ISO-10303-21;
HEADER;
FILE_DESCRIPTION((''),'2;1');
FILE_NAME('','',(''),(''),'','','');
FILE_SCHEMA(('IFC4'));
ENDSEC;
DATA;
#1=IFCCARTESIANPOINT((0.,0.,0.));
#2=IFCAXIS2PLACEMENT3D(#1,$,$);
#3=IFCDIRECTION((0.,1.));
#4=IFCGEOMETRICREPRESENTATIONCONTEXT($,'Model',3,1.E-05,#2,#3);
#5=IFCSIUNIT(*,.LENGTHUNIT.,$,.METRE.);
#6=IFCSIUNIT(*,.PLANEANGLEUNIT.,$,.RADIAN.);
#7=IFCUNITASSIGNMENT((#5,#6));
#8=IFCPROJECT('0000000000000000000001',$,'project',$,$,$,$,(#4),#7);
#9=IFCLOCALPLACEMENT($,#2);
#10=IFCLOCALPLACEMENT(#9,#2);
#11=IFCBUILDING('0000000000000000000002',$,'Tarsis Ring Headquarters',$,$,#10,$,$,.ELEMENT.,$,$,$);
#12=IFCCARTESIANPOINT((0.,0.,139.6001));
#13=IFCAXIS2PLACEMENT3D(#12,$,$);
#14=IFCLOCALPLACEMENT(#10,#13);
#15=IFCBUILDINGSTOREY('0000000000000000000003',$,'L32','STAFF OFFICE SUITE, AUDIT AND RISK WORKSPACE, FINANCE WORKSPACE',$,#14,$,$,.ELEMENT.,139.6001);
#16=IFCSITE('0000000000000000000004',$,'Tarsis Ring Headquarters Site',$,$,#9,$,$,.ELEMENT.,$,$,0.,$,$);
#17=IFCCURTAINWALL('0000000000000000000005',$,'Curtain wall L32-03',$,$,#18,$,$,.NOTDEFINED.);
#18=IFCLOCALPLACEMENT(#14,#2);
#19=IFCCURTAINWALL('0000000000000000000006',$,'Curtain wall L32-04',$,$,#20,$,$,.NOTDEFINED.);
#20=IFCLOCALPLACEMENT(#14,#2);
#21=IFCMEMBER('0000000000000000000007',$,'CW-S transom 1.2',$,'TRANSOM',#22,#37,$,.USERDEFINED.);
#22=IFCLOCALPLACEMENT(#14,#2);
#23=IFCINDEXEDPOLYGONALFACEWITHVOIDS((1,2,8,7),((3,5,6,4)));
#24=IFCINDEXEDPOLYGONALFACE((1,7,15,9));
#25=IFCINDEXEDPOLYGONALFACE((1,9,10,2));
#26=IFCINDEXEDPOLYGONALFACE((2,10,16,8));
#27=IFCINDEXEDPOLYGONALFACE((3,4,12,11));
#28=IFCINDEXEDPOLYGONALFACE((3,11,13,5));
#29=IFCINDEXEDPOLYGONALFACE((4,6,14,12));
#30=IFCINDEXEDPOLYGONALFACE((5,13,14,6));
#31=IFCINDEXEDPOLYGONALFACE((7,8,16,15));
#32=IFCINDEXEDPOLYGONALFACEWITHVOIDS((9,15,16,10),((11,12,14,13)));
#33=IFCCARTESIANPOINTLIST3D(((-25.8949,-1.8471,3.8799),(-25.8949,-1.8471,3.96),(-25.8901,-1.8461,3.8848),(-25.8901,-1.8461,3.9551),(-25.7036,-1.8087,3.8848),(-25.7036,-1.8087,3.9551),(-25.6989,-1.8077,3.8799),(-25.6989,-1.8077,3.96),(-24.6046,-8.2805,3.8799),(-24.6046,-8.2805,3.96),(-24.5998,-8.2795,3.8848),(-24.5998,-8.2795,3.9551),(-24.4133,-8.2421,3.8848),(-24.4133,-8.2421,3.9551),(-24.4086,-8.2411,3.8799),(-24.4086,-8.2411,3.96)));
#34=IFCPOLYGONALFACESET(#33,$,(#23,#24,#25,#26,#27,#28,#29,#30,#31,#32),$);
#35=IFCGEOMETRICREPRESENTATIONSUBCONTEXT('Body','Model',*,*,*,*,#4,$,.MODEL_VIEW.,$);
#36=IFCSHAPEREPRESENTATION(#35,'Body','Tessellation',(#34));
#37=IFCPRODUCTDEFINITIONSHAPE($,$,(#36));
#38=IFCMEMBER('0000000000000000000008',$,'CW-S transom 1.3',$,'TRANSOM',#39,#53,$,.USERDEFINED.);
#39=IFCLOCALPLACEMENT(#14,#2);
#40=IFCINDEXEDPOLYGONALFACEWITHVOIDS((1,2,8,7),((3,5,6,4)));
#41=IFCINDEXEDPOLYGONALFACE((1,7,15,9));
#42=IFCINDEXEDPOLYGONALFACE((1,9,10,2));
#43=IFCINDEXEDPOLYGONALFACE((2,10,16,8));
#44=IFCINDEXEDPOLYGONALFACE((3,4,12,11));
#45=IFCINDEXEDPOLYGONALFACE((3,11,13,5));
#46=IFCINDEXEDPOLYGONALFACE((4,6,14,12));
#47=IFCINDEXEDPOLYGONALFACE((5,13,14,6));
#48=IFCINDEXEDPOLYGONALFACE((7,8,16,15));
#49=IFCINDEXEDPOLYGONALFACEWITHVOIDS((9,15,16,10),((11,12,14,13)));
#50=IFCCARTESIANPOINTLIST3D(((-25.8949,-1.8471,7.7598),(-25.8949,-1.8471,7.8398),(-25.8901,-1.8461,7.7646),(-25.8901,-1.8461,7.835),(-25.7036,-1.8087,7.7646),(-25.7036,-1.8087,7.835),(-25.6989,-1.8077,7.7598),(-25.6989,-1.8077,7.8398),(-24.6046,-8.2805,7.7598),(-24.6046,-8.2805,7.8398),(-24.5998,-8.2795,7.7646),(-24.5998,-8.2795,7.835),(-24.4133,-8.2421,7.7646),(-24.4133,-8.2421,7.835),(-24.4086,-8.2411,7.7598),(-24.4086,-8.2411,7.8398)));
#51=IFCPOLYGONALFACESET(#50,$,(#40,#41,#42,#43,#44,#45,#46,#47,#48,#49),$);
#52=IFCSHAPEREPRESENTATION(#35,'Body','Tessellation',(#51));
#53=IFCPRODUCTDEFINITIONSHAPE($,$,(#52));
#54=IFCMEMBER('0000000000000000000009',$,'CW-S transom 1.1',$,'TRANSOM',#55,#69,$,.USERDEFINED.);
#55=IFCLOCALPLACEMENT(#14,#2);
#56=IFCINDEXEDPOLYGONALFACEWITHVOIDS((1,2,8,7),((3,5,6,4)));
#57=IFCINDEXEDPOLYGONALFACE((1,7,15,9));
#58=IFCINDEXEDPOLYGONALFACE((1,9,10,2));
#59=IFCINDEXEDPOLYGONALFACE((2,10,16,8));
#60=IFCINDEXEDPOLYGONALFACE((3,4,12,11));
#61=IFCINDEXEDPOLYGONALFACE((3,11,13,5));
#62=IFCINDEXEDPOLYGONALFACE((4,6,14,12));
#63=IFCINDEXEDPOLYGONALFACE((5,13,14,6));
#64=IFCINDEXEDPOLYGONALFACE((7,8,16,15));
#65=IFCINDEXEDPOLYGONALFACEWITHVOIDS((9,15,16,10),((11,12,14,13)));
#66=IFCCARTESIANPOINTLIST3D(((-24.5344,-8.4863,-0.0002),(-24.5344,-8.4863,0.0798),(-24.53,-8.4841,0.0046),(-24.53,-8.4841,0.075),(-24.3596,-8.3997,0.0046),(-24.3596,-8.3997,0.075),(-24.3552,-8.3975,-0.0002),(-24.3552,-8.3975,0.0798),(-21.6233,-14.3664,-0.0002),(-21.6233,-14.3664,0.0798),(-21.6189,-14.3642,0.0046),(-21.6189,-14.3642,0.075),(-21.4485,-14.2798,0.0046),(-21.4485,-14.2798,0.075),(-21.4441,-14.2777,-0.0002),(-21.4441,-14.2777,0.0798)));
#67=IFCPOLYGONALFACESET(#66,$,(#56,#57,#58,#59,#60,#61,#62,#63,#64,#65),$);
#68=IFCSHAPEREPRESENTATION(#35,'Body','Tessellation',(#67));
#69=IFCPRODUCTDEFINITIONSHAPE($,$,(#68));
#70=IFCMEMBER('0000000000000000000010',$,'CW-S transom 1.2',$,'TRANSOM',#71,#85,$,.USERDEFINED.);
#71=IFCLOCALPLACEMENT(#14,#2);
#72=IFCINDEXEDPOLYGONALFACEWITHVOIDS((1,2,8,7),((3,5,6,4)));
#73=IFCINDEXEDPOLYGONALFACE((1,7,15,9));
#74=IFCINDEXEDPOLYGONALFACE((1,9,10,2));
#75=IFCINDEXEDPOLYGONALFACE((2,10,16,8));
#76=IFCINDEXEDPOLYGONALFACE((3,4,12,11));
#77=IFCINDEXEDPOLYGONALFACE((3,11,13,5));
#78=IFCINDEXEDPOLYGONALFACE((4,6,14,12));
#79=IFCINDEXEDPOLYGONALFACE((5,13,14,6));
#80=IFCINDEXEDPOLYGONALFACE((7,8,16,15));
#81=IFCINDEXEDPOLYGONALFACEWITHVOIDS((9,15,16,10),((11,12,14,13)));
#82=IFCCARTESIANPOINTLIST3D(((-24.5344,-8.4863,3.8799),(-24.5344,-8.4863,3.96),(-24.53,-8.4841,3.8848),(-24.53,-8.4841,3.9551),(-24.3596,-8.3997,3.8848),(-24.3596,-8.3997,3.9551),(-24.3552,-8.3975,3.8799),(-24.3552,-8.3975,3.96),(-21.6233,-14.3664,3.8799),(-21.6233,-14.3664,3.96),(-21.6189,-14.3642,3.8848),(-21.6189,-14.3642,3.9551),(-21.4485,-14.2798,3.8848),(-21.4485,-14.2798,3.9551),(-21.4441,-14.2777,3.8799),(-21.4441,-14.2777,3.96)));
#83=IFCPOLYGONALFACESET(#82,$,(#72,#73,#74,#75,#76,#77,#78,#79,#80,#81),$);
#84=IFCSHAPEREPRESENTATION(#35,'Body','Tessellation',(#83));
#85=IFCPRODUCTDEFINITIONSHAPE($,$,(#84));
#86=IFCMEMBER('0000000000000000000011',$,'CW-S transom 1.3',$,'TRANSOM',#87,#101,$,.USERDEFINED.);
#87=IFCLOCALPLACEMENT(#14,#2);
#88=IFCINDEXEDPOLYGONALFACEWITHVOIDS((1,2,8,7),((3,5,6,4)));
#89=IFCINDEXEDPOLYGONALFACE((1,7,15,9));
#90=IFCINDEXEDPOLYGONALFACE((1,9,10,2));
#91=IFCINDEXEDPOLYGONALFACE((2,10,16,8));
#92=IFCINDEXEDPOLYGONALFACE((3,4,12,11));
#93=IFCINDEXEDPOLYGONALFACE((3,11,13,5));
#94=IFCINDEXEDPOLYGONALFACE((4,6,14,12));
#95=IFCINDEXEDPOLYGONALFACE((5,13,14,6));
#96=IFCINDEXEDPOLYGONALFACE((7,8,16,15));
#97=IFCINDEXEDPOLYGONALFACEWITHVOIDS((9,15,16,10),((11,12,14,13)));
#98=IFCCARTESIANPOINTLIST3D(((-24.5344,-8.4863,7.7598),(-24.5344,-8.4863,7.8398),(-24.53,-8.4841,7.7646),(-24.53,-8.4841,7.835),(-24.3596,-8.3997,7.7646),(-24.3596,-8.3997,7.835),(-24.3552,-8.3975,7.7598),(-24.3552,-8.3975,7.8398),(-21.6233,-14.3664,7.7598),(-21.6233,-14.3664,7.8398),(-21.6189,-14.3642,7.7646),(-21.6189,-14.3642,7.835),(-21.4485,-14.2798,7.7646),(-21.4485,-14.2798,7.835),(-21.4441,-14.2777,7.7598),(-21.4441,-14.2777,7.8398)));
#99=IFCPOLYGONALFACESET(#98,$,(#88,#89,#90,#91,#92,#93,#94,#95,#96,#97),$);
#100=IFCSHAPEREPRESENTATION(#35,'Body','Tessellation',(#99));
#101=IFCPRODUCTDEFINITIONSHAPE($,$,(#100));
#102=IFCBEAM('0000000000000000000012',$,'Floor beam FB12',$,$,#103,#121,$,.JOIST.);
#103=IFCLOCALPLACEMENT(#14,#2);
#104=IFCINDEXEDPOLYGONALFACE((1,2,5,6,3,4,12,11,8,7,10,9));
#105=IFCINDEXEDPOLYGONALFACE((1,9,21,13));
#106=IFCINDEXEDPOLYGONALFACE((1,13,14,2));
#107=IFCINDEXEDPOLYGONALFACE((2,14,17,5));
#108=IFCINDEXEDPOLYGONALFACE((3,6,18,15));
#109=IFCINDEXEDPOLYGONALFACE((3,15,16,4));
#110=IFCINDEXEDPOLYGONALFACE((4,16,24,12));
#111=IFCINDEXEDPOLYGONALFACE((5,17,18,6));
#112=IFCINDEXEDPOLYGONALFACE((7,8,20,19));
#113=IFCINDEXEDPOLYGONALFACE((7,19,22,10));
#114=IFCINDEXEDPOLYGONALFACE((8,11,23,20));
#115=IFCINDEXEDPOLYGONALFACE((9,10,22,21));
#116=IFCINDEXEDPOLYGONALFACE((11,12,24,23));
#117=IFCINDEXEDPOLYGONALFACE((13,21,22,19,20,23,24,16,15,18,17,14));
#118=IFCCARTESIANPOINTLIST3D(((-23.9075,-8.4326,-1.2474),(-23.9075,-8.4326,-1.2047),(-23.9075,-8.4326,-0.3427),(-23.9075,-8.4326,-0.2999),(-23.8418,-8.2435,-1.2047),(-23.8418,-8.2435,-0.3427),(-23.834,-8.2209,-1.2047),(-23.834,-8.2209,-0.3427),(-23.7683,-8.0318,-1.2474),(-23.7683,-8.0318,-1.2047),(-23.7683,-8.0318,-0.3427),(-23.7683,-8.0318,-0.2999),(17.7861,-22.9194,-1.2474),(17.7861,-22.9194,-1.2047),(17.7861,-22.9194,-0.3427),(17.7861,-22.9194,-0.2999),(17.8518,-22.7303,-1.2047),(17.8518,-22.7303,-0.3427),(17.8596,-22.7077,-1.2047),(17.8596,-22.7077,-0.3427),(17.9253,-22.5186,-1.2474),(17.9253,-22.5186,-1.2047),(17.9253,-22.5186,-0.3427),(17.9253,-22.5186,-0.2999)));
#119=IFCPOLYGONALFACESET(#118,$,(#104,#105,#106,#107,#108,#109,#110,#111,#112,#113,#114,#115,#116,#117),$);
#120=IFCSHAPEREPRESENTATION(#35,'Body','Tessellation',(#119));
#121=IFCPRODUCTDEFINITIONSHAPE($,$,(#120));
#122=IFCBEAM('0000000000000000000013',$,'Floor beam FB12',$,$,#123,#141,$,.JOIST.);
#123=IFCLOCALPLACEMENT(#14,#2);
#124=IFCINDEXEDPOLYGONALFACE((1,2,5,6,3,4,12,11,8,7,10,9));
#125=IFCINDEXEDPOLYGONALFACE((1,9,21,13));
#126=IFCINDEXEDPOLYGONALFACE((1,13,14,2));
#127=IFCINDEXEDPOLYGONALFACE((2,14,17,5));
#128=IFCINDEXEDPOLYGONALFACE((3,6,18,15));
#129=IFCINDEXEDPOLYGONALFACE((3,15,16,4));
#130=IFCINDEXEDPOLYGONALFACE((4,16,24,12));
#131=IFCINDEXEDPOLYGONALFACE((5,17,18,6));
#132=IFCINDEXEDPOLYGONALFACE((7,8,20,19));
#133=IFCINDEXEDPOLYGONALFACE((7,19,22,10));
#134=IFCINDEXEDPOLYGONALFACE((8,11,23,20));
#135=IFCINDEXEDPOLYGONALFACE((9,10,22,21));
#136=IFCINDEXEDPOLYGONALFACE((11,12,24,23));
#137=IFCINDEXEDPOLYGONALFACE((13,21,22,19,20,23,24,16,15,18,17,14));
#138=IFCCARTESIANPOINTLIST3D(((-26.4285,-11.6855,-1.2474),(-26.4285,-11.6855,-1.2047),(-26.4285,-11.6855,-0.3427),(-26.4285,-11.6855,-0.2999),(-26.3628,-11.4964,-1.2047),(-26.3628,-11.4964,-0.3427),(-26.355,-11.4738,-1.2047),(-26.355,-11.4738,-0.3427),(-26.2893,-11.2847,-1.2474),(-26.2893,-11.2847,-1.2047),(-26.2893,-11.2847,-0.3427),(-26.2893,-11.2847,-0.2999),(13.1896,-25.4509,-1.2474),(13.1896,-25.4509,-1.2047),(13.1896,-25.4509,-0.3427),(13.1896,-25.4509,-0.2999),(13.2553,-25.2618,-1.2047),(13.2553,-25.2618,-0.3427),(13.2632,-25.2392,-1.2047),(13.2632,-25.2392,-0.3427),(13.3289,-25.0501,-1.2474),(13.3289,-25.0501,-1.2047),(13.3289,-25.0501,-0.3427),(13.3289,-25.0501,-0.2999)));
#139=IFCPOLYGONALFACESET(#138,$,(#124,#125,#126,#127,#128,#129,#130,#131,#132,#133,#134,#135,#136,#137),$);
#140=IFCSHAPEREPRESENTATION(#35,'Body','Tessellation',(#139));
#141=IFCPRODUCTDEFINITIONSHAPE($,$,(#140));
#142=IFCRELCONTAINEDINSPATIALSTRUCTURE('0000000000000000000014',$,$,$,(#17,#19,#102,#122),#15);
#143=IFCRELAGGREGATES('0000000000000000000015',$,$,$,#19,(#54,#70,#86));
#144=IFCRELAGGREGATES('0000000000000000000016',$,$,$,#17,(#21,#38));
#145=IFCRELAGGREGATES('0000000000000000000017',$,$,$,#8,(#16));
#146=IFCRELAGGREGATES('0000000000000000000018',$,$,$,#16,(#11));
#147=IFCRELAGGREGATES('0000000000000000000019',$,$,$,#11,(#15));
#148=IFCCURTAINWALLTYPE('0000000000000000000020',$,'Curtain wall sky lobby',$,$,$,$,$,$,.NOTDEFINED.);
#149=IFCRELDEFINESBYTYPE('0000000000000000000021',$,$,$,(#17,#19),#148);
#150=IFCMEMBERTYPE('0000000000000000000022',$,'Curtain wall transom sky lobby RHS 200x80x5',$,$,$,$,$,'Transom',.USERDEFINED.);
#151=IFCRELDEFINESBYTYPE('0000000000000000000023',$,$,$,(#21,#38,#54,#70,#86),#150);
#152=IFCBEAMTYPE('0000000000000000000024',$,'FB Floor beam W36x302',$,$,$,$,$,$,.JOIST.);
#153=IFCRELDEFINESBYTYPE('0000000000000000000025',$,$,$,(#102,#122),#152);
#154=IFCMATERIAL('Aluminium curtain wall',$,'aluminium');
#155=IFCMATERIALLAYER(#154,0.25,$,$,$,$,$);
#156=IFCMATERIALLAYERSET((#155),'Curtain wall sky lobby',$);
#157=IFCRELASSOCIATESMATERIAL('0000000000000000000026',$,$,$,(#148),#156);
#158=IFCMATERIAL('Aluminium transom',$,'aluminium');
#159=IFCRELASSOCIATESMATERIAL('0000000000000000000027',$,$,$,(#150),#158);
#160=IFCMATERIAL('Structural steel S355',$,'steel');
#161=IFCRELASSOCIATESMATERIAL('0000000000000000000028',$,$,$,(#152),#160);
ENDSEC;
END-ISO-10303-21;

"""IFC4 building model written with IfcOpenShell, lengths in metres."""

from ifc_helpers import new_model, si_unit, direction, frame, origin, origin_2d, place, context, subcontext, project, spatial, hollow_rectangle, i_section, extrude, material, layer, layer_set, material_profile, profile_set, type_object, element, aggregate, save


model = new_model("IFC4")

# Units and contexts
model_context = context("Model", 3, precision=1e-05, world=origin(), true_north=direction((0.0, 1.0)))
body_context = subcontext(model_context, "Body", "Model", "MODEL_VIEW")
ifc_project = project(units=[si_unit("LENGTHUNIT", "METRE"), si_unit("PLANEANGLEUNIT", "RADIAN")], contexts=[model_context])

# Site, building, storey
site_placement = place(None, origin())
site = spatial("IfcSite", under=ifc_project, at=site_placement, Name="Tarsis Ring Headquarters Site", CompositionType="ELEMENT", RefElevation=0.0)
building_placement = place(site_placement, origin())
building = spatial("IfcBuilding", under=site, at=building_placement, Name="Tarsis Ring Headquarters", CompositionType="ELEMENT")
storey_placement = place(building_placement, frame((0.0, 0.0, 139.6001)))
storey = spatial("IfcBuildingStorey", under=building, at=storey_placement, Name="L32", Description="STAFF OFFICE SUITE, AUDIT AND RISK WORKSPACE, FINANCE WORKSPACE", CompositionType="ELEMENT", Elevation=139.6001)

# Shared definitions
ifc_material_1 = material(Name="Structural steel S355", Category="steel")

# Shared definitions
ifc_material_2 = material(Name="Aluminium curtain wall", Category="aluminium")
ifc_layer_1 = layer(ifc_material_2, 0.25)
ifc_layer_set_1 = layer_set([ifc_layer_1], Name="Curtain wall sky lobby")
curtain_wall_type = type_object("IfcCurtainWallType", Name="Curtain wall sky lobby", PredefinedType="NOTDEFINED", material=ifc_layer_set_1)

# Curtain wall
curtain_wall_1_placement = place(storey_placement, origin())
curtain_wall_1 = element("IfcCurtainWall", 1, at=curtain_wall_1_placement, inside=storey, type_object=curtain_wall_type, Name="Curtain wall L32-03", PredefinedType="NOTDEFINED")

# Curtain wall
curtain_wall_2_placement = place(storey_placement, origin())
curtain_wall_2 = element("IfcCurtainWall", 2, at=curtain_wall_2_placement, inside=storey, type_object=curtain_wall_type, Name="Curtain wall L32-04", PredefinedType="NOTDEFINED")

# Members
ifc_material_3 = material(Name="Aluminium transom", Category="aluminium")
ifc_material_profile_1 = material_profile(ifc_material_3, hollow_rectangle(XDim=0.2, YDim=0.0801, WallThickness=0.0049, at=origin_2d()), Name="RHS 200x80x5")
ifc_profile_set_1 = profile_set([ifc_material_profile_1], Name="Aluminium transom")
member_type_1 = type_object("IfcMemberType", Name="Curtain wall transom sky lobby RHS 200x80x5", ElementType="Transom", PredefinedType="USERDEFINED", material=ifc_profile_set_1)
member_1_placement = place(storey_placement, frame((-25.7969, -1.8274, 3.9199), z_axis=(0.196646, -0.980475, 0.0), x_axis=(0.980475, 0.196646, 0.0)))
member_1 = element("IfcMember", 3, at=member_1_placement, type_object=member_type_1, Name="CW-S transom 1.2", ObjectType="TRANSOM", PredefinedType="USERDEFINED", context=body_context, shape_type="SweptSolid", body=[
    extrude(hollow_rectangle(XDim=0.2, YDim=0.0801, WallThickness=0.0049, at=origin_2d()), origin(), (0.0, 0.0, 1.0), 6.5615),
])
member_2_placement = place(storey_placement, frame((-25.7969, -1.8274, 7.7998), z_axis=(0.196646, -0.980475, 0.0), x_axis=(0.980475, 0.196646, 0.0)))
member_2 = element("IfcMember", 4, at=member_2_placement, type_object=member_type_1, Name="CW-S transom 1.3", ObjectType="TRANSOM", PredefinedType="USERDEFINED", context=body_context, shape_type="SweptSolid", body=[
    extrude(hollow_rectangle(XDim=0.2, YDim=0.0801, WallThickness=0.0049, at=origin_2d()), origin(), (0.0, 0.0, 1.0), 6.5615),
])
member_3_placement = place(storey_placement, frame((-24.4448, -8.4419, 0.0398), z_axis=(0.443683, -0.896184, 0.0), x_axis=(0.896184, 0.443683, 0.0)))
member_3 = element("IfcMember", 5, at=member_3_placement, type_object=member_type_1, Name="CW-S transom 1.1", ObjectType="TRANSOM", PredefinedType="USERDEFINED", context=body_context, shape_type="SweptSolid", body=[
    extrude(hollow_rectangle(XDim=0.2, YDim=0.0801, WallThickness=0.0049, at=origin_2d()), origin(), (0.0, 0.0, 1.0), 6.5613),
])
member_4_placement = place(storey_placement, frame((-24.4448, -8.4419, 3.9199), z_axis=(0.443683, -0.896184, 0.0), x_axis=(0.896184, 0.443683, 0.0)))
member_4 = element("IfcMember", 6, at=member_4_placement, type_object=member_type_1, Name="CW-S transom 1.2", ObjectType="TRANSOM", PredefinedType="USERDEFINED", context=body_context, shape_type="SweptSolid", body=[
    extrude(hollow_rectangle(XDim=0.2, YDim=0.0801, WallThickness=0.0049, at=origin_2d()), origin(), (0.0, 0.0, 1.0), 6.5613),
])
member_5_placement = place(storey_placement, frame((-24.4448, -8.4419, 7.7998), z_axis=(0.443683, -0.896184, 0.0), x_axis=(0.896184, 0.443683, 0.0)))
member_5 = element("IfcMember", 7, at=member_5_placement, type_object=member_type_1, Name="CW-S transom 1.3", ObjectType="TRANSOM", PredefinedType="USERDEFINED", context=body_context, shape_type="SweptSolid", body=[
    extrude(hollow_rectangle(XDim=0.2, YDim=0.0801, WallThickness=0.0049, at=origin_2d()), origin(), (0.0, 0.0, 1.0), 6.5613),
])
aggregate(curtain_wall_2, [member_3, member_4, member_5])

# Beams
ifc_material_profile_2 = material_profile(ifc_material_1, i_section(OverallWidth=0.4243, OverallDepth=0.9475, WebThickness=0.0239, FlangeThickness=0.0427, at=origin_2d()), Name="W36x302")
ifc_profile_set_2 = profile_set([ifc_material_profile_2], Name="Structural steel S355")
beam_type_1 = type_object("IfcBeamType", Name="FB Floor beam W36x302", PredefinedType="JOIST", material=ifc_profile_set_2)
beam_1_placement = place(storey_placement, frame((-23.8379, -8.2322, -0.7737), z_axis=(0.944604, -0.328211, 0.0), x_axis=(0.328211, 0.944604, 0.0)))
element("IfcBeam", 8, at=beam_1_placement, inside=storey, type_object=beam_type_1, Name="Floor beam FB12", PredefinedType="JOIST", context=body_context, shape_type="SweptSolid", body=[
    extrude(i_section(OverallWidth=0.4243, OverallDepth=0.9475, WebThickness=0.0239, FlangeThickness=0.0427, at=origin_2d()), origin(), (0.0, 0.0, 1.0), 44.1387),
])
beam_2_placement = place(storey_placement, frame((-26.3589, -11.4851, -0.7737), z_axis=(0.944607, -0.328205, 0.0), x_axis=(0.328205, 0.944607, 0.0)))
element("IfcBeam", 9, at=beam_2_placement, inside=storey, type_object=beam_type_1, Name="Floor beam FB12", PredefinedType="JOIST", context=body_context, shape_type="SweptSolid", body=[
    extrude(i_section(OverallWidth=0.4243, OverallDepth=0.9475, WebThickness=0.0239, FlangeThickness=0.0427, at=origin_2d()), origin(), (0.0, 0.0, 1.0), 41.9414),
])

aggregate(curtain_wall_1, [member_1, member_2])

save(model, "model.ifc")
